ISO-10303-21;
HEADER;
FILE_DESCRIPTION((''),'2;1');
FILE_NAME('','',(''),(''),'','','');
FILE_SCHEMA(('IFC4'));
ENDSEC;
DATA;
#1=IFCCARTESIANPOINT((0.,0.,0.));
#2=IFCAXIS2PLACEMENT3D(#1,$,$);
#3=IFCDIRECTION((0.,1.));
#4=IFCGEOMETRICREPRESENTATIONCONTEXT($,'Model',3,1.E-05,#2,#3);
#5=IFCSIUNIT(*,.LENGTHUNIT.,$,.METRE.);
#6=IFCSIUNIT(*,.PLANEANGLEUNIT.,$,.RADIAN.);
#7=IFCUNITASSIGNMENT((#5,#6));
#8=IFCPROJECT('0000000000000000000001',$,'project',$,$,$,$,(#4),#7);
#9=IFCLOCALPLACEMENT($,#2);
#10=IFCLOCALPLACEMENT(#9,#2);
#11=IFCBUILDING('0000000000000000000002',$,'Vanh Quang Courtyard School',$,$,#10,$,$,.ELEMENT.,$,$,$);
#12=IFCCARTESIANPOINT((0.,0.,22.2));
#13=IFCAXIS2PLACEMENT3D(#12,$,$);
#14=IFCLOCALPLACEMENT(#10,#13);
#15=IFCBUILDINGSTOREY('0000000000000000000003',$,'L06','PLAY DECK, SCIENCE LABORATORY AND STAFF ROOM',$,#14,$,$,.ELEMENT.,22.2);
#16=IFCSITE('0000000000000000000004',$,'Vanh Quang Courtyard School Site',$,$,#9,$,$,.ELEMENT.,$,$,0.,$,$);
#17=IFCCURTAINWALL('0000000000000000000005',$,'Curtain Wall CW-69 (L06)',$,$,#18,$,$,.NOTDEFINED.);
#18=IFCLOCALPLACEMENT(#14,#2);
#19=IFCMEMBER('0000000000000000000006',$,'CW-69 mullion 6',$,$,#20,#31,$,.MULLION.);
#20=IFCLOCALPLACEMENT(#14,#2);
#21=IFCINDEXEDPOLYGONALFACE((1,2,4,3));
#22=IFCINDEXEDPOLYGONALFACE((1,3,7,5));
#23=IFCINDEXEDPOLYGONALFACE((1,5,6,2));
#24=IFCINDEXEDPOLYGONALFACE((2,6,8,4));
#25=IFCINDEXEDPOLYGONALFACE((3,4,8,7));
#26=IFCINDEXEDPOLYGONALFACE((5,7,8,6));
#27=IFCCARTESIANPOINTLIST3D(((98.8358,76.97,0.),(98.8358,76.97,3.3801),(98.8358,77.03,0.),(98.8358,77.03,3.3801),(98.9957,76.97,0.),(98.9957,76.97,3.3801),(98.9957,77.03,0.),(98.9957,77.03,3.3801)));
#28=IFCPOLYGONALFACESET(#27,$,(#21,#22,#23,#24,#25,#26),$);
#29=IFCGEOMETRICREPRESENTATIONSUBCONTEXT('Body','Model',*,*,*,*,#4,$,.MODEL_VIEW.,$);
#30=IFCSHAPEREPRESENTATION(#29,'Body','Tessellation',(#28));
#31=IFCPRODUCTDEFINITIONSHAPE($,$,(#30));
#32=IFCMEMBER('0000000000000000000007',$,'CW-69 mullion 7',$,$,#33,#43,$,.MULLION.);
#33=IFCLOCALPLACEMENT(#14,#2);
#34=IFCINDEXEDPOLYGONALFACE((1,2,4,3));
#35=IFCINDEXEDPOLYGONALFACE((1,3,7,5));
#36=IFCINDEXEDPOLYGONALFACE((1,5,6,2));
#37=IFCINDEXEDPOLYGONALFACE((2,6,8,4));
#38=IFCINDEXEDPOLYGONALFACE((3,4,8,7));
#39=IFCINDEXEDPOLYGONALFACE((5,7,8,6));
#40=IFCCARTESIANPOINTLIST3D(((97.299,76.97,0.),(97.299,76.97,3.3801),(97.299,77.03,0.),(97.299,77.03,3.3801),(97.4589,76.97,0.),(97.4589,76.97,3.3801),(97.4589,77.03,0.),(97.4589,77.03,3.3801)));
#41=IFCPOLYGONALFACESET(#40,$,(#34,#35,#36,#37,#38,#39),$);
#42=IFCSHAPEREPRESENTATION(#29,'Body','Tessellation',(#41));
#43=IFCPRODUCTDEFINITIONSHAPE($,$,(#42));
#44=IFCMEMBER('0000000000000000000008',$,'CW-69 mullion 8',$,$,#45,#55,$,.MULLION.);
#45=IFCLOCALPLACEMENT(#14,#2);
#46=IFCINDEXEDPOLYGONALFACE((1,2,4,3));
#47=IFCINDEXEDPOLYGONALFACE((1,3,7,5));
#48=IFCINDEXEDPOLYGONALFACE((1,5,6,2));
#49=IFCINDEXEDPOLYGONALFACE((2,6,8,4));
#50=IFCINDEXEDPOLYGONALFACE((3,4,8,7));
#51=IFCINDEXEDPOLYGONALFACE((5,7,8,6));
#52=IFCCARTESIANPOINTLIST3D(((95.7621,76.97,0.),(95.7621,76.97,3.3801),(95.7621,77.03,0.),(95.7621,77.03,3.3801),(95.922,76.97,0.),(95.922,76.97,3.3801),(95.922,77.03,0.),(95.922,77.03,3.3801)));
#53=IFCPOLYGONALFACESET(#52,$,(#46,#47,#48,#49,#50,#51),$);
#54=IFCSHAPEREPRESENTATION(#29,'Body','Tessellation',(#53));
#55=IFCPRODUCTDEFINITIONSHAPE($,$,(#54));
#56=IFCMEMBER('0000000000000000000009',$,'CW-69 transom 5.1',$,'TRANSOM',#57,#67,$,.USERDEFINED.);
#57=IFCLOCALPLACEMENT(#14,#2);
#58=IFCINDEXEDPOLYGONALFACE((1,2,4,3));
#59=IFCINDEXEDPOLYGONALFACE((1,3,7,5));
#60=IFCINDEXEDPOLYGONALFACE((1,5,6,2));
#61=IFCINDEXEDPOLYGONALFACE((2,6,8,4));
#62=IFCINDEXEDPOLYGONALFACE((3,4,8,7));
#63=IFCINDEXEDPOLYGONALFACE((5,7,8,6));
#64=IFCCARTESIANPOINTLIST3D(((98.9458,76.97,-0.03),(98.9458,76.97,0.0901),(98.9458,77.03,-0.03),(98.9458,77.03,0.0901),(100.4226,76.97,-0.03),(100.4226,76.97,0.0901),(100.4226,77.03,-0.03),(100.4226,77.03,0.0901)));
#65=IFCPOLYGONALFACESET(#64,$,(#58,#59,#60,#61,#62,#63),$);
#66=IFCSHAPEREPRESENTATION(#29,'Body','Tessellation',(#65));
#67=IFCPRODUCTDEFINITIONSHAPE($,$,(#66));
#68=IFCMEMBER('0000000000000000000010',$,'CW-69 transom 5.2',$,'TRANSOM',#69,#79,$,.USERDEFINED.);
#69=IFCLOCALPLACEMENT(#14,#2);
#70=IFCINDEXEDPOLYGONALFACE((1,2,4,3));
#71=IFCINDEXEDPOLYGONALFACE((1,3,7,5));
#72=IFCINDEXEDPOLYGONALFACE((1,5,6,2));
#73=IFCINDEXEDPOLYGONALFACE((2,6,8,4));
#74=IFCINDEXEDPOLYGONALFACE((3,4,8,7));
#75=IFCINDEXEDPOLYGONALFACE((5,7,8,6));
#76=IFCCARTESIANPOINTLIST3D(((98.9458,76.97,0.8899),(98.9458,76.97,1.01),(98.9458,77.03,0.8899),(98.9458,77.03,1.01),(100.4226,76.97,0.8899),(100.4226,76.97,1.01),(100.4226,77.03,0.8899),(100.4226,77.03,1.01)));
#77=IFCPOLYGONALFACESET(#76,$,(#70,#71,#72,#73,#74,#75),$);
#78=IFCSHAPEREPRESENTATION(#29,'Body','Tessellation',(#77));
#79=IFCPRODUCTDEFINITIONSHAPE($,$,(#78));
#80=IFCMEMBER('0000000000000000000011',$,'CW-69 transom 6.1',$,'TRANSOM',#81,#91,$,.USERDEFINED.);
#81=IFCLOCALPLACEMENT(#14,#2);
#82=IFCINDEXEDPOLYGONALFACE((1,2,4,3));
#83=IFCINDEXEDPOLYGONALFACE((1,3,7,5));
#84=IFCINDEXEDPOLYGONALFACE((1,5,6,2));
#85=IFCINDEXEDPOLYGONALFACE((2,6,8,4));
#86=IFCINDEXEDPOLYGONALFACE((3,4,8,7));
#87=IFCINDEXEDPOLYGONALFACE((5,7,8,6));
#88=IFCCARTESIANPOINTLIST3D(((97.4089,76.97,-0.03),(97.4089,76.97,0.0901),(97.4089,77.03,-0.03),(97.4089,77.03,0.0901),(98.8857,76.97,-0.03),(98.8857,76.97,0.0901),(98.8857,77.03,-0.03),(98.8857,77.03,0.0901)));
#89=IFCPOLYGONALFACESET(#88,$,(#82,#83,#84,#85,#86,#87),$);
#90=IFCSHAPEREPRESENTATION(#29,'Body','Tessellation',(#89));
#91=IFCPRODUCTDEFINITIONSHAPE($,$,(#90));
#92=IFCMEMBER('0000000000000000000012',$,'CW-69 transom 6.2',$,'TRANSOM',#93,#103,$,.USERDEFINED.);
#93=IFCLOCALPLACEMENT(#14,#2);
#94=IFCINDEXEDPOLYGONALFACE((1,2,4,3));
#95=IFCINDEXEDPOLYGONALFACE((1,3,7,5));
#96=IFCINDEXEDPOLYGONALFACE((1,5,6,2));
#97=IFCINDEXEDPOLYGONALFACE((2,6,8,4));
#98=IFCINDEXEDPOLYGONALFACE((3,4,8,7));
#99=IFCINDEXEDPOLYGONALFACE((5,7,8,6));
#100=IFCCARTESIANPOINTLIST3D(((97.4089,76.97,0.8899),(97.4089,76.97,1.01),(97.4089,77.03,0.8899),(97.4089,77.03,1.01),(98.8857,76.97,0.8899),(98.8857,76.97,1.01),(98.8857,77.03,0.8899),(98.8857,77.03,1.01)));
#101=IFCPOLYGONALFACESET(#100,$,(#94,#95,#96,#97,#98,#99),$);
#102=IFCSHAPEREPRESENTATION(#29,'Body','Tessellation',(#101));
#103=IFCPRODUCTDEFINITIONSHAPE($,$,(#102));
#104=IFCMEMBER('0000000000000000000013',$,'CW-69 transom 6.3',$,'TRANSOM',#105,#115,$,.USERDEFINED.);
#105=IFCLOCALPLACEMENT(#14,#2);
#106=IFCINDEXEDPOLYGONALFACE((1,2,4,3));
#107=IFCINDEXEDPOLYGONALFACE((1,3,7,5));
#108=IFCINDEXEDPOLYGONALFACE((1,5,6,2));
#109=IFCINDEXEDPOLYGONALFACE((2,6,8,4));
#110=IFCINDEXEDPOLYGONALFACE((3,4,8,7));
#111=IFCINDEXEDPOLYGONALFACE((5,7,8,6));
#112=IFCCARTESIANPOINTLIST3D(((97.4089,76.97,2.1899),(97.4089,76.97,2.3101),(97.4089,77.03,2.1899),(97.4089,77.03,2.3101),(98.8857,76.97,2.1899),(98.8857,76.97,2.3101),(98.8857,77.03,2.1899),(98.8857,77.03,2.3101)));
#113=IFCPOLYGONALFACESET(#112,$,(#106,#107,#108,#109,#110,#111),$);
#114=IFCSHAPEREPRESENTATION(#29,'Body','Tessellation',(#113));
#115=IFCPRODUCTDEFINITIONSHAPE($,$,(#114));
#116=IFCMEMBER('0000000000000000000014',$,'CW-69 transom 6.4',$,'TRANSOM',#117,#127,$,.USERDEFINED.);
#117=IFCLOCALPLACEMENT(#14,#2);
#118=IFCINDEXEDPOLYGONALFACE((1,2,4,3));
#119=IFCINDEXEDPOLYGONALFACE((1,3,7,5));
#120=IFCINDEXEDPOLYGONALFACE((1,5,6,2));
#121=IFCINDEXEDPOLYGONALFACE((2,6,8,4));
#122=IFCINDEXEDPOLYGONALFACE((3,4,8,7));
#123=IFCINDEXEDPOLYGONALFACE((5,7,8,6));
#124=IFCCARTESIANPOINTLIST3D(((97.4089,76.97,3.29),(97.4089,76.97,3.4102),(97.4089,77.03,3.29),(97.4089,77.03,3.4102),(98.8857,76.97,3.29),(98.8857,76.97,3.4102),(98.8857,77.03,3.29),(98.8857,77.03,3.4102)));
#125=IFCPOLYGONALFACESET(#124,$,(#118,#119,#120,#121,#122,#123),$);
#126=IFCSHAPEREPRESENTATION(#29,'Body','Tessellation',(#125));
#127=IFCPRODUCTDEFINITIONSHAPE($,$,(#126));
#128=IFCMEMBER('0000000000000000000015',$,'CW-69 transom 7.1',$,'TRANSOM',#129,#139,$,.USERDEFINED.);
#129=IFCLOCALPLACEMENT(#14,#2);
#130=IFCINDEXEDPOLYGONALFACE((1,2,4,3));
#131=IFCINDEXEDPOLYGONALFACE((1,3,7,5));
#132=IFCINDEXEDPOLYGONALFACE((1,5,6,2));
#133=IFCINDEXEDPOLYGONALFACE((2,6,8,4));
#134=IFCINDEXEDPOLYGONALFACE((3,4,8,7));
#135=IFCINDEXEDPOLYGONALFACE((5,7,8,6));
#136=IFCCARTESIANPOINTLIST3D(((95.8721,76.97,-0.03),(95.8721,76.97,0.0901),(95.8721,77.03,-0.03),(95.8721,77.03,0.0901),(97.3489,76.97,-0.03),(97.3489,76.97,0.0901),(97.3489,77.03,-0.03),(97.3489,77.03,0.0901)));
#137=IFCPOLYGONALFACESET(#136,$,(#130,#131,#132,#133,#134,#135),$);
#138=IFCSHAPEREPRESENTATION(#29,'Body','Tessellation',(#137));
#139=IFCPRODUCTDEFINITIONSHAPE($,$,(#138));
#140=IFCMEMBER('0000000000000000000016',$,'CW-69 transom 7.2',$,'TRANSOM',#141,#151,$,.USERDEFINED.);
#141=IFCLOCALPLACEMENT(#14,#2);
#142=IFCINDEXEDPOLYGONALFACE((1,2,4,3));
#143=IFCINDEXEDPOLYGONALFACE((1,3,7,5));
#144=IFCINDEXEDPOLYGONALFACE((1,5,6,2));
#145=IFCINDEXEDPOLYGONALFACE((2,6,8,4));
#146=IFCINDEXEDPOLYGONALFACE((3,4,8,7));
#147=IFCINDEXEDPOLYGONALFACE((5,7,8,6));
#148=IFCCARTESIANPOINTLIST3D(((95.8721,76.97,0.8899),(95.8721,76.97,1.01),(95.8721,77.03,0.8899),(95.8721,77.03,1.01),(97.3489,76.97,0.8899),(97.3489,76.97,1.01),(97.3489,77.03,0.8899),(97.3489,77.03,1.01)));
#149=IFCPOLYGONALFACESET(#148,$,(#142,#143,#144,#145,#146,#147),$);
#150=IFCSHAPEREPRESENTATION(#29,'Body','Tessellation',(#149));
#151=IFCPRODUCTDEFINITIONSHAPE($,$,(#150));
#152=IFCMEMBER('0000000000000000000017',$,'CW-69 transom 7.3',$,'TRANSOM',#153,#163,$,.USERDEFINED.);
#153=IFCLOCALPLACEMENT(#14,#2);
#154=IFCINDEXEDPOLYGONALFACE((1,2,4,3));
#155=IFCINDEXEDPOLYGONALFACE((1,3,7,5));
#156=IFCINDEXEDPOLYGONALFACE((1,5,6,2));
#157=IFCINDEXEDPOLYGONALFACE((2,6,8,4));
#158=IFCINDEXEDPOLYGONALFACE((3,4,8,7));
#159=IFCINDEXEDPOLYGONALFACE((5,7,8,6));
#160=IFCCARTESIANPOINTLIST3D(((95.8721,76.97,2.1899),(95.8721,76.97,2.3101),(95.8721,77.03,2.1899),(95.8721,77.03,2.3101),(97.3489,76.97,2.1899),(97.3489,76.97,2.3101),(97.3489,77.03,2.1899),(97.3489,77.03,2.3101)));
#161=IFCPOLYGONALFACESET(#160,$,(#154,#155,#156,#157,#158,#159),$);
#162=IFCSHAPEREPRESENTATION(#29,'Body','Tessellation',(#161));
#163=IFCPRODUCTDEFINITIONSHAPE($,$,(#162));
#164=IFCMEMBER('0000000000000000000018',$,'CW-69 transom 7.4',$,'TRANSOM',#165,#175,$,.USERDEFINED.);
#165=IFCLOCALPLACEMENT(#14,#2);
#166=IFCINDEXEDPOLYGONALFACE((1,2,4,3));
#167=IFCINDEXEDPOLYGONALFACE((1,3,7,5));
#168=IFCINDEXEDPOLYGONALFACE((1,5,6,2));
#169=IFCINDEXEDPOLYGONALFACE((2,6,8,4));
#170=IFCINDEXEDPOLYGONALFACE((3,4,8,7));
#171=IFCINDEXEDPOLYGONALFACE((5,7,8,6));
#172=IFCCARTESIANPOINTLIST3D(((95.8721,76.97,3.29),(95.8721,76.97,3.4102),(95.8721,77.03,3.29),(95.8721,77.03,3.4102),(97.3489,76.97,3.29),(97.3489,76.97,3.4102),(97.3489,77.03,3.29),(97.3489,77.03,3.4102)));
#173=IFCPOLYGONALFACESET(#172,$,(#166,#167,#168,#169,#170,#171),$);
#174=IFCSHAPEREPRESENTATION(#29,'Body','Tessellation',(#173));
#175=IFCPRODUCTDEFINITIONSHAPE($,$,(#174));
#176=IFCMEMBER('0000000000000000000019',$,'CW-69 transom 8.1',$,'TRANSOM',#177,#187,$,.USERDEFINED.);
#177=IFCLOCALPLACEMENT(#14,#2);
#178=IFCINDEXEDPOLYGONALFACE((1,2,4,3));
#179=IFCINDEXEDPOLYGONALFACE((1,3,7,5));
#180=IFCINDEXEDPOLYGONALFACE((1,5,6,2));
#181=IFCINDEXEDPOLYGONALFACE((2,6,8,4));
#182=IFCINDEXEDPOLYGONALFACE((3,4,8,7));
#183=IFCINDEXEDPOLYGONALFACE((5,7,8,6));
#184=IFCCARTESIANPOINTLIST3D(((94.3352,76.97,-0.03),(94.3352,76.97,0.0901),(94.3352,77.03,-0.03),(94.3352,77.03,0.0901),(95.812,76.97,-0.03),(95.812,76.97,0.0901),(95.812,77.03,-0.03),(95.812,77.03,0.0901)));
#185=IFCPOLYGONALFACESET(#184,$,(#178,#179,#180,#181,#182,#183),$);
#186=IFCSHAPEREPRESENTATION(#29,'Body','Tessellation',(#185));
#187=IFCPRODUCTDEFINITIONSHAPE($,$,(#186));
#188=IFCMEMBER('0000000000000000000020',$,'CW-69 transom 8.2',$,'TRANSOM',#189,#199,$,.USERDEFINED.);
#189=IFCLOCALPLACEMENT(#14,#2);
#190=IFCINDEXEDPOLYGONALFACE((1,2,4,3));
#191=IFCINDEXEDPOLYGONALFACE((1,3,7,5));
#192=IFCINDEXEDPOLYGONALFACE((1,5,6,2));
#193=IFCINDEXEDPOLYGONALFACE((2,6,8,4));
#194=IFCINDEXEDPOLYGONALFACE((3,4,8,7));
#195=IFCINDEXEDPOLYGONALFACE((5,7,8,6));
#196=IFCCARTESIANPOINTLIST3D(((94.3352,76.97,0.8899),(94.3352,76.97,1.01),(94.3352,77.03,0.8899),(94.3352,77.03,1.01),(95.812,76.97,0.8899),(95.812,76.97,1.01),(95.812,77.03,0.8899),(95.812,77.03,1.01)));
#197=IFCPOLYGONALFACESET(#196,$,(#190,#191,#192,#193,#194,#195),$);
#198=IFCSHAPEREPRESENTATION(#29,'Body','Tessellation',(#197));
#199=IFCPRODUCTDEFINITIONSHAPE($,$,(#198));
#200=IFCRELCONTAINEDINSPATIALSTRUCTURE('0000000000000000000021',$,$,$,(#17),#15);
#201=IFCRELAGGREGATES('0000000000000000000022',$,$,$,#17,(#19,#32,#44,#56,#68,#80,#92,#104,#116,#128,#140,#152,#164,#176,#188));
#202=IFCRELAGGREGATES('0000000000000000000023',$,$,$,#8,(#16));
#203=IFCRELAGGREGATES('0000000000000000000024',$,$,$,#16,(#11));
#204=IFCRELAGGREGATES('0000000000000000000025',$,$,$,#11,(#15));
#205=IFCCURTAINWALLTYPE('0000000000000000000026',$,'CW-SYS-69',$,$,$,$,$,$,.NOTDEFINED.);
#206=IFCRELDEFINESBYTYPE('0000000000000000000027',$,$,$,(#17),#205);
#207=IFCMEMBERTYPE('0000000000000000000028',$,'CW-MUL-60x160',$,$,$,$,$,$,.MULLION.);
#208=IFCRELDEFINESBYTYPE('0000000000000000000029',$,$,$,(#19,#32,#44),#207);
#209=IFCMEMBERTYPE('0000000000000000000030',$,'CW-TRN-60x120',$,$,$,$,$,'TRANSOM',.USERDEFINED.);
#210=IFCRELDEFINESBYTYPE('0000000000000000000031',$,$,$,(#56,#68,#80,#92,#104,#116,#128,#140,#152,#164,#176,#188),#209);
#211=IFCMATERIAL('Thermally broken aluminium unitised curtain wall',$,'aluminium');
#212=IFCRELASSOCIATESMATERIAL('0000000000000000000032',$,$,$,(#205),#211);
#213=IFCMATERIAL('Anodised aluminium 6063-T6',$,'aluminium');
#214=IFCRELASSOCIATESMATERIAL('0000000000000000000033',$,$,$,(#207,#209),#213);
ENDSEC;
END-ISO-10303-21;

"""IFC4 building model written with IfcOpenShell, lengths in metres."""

from ifc_helpers import new_model, si_unit, direction, frame, origin, origin_2d, place, context, subcontext, project, spatial, rectangle, extrude, material, material_profile, profile_set, type_object, element, aggregate, save


model = new_model("IFC4")

# Units and contexts
model_context = context("Model", 3, precision=1e-05, world=origin(), true_north=direction((0.0, 1.0)))
body_context = subcontext(model_context, "Body", "Model", "MODEL_VIEW")
ifc_project = project(units=[si_unit("LENGTHUNIT", "METRE"), si_unit("PLANEANGLEUNIT", "RADIAN")], contexts=[model_context])

# Site, building, storey
site_placement = place(None, origin())
site = spatial("IfcSite", under=ifc_project, at=site_placement, Name="Vanh Quang Courtyard School Site", CompositionType="ELEMENT", RefElevation=0.0)
building_placement = place(site_placement, origin())
building = spatial("IfcBuilding", under=site, at=building_placement, Name="Vanh Quang Courtyard School", CompositionType="ELEMENT")
storey_placement = place(building_placement, frame((0.0, 0.0, 22.2)))
storey = spatial("IfcBuildingStorey", under=building, at=storey_placement, Name="L06", Description="PLAY DECK, SCIENCE LABORATORY AND STAFF ROOM", CompositionType="ELEMENT", Elevation=22.2)

# Curtain wall, members
ifc_material_1 = material(Name="Thermally broken aluminium unitised curtain wall", Category="aluminium")
curtain_wall_type = type_object("IfcCurtainWallType", Name="CW-SYS-69", PredefinedType="NOTDEFINED", material=ifc_material_1)
curtain_wall_placement = place(storey_placement, origin())
curtain_wall = element("IfcCurtainWall", 1, at=curtain_wall_placement, inside=storey, type_object=curtain_wall_type, Name="Curtain Wall CW-69 (L06)", PredefinedType="NOTDEFINED")
ifc_material_2 = material(Name="Anodised aluminium 6063-T6", Category="aluminium")
ifc_material_profile_1 = material_profile(ifc_material_2, rectangle(XDim=0.0601, YDim=0.1599, at=origin_2d()), Name="ALU-MUL 60x160")
ifc_profile_set_1 = profile_set([ifc_material_profile_1], Name="Anodised aluminium 6063-T6")
member_type_1 = type_object("IfcMemberType", Name="CW-MUL-60x160", PredefinedType="MULLION", material=ifc_profile_set_1)
member_1_placement = place(storey_placement, frame((98.9158, 77.0, 0.0), z_axis=(0.0, 0.0, 1.0), x_axis=(0.0, -1.0, 0.0)))
member_1 = element("IfcMember", 2, at=member_1_placement, type_object=member_type_1, Name="CW-69 mullion 6", PredefinedType="MULLION", context=body_context, shape_type="SweptSolid", body=[
    extrude(rectangle(XDim=0.0601, YDim=0.1599, at=origin_2d()), origin(), (0.0, 0.0, 1.0), 3.3801),
])
member_2_placement = place(storey_placement, frame((97.3789, 77.0, 0.0), z_axis=(0.0, 0.0, 1.0), x_axis=(0.0, -1.0, 0.0)))
member_2 = element("IfcMember", 3, at=member_2_placement, type_object=member_type_1, Name="CW-69 mullion 7", PredefinedType="MULLION", context=body_context, shape_type="SweptSolid", body=[
    extrude(rectangle(XDim=0.0601, YDim=0.1599, at=origin_2d()), origin(), (0.0, 0.0, 1.0), 3.3801),
])
member_3_placement = place(storey_placement, frame((95.842, 77.0, 0.0), z_axis=(0.0, 0.0, 1.0), x_axis=(0.0, -1.0, 0.0)))
member_3 = element("IfcMember", 4, at=member_3_placement, type_object=member_type_1, Name="CW-69 mullion 8", PredefinedType="MULLION", context=body_context, shape_type="SweptSolid", body=[
    extrude(rectangle(XDim=0.0601, YDim=0.1599, at=origin_2d()), origin(), (0.0, 0.0, 1.0), 3.3801),
])
ifc_material_profile_2 = material_profile(ifc_material_2, rectangle(XDim=0.0601, YDim=0.1201, at=origin_2d()), Name="ALU-TRN 60x120")
ifc_profile_set_2 = profile_set([ifc_material_profile_2], Name="Anodised aluminium 6063-T6")
member_type_2 = type_object("IfcMemberType", Name="CW-TRN-60x120", ElementType="TRANSOM", PredefinedType="USERDEFINED", material=ifc_profile_set_2)
member_4_placement = place(storey_placement, frame((100.4226, 77.0, 0.03), z_axis=(-1.0, 0.0, 0.0), x_axis=(0.0, -1.0, 0.0)))
member_4 = element("IfcMember", 5, at=member_4_placement, type_object=member_type_2, Name="CW-69 transom 5.1", ObjectType="TRANSOM", PredefinedType="USERDEFINED", context=body_context, shape_type="SweptSolid", body=[
    extrude(rectangle(XDim=0.0601, YDim=0.1201, at=origin_2d()), origin(), (0.0, 0.0, 1.0), 1.4768),
])
member_5_placement = place(storey_placement, frame((100.4226, 77.0, 0.95), z_axis=(-1.0, 0.0, 0.0), x_axis=(0.0, -1.0, 0.0)))
member_5 = element("IfcMember", 6, at=member_5_placement, type_object=member_type_2, Name="CW-69 transom 5.2", ObjectType="TRANSOM", PredefinedType="USERDEFINED", context=body_context, shape_type="SweptSolid", body=[
    extrude(rectangle(XDim=0.0601, YDim=0.1201, at=origin_2d()), origin(), (0.0, 0.0, 1.0), 1.4768),
])
member_6_placement = place(storey_placement, frame((98.8857, 77.0, 0.03), z_axis=(-1.0, 0.0, 0.0), x_axis=(0.0, -1.0, 0.0)))
member_6 = element("IfcMember", 7, at=member_6_placement, type_object=member_type_2, Name="CW-69 transom 6.1", ObjectType="TRANSOM", PredefinedType="USERDEFINED", context=body_context, shape_type="SweptSolid", body=[
    extrude(rectangle(XDim=0.0601, YDim=0.1201, at=origin_2d()), origin(), (0.0, 0.0, 1.0), 1.4768),
])
member_7_placement = place(storey_placement, frame((98.8857, 77.0, 0.95), z_axis=(-1.0, 0.0, 0.0), x_axis=(0.0, -1.0, 0.0)))
member_7 = element("IfcMember", 8, at=member_7_placement, type_object=member_type_2, Name="CW-69 transom 6.2", ObjectType="TRANSOM", PredefinedType="USERDEFINED", context=body_context, shape_type="SweptSolid", body=[
    extrude(rectangle(XDim=0.0601, YDim=0.1201, at=origin_2d()), origin(), (0.0, 0.0, 1.0), 1.4768),
])
member_8_placement = place(storey_placement, frame((98.8857, 77.0, 2.25), z_axis=(-1.0, 0.0, 0.0), x_axis=(0.0, -1.0, 0.0)))
member_8 = element("IfcMember", 9, at=member_8_placement, type_object=member_type_2, Name="CW-69 transom 6.3", ObjectType="TRANSOM", PredefinedType="USERDEFINED", context=body_context, shape_type="SweptSolid", body=[
    extrude(rectangle(XDim=0.0601, YDim=0.1201, at=origin_2d()), origin(), (0.0, 0.0, 1.0), 1.4768),
])
member_9_placement = place(storey_placement, frame((98.8857, 77.0, 3.3501), z_axis=(-1.0, 0.0, 0.0), x_axis=(0.0, -1.0, 0.0)))
member_9 = element("IfcMember", 10, at=member_9_placement, type_object=member_type_2, Name="CW-69 transom 6.4", ObjectType="TRANSOM", PredefinedType="USERDEFINED", context=body_context, shape_type="SweptSolid", body=[
    extrude(rectangle(XDim=0.0601, YDim=0.1201, at=origin_2d()), origin(), (0.0, 0.0, 1.0), 1.4768),
])
member_10_placement = place(storey_placement, frame((97.3489, 77.0, 0.03), z_axis=(-1.0, 0.0, 0.0), x_axis=(0.0, -1.0, 0.0)))
member_10 = element("IfcMember", 11, at=member_10_placement, type_object=member_type_2, Name="CW-69 transom 7.1", ObjectType="TRANSOM", PredefinedType="USERDEFINED", context=body_context, shape_type="SweptSolid", body=[
    extrude(rectangle(XDim=0.0601, YDim=0.1201, at=origin_2d()), origin(), (0.0, 0.0, 1.0), 1.4768),
])
member_11_placement = place(storey_placement, frame((97.3489, 77.0, 0.95), z_axis=(-1.0, 0.0, 0.0), x_axis=(0.0, -1.0, 0.0)))
member_11 = element("IfcMember", 12, at=member_11_placement, type_object=member_type_2, Name="CW-69 transom 7.2", ObjectType="TRANSOM", PredefinedType="USERDEFINED", context=body_context, shape_type="SweptSolid", body=[
    extrude(rectangle(XDim=0.0601, YDim=0.1201, at=origin_2d()), origin(), (0.0, 0.0, 1.0), 1.4768),
])
member_12_placement = place(storey_placement, frame((97.3489, 77.0, 2.25), z_axis=(-1.0, 0.0, 0.0), x_axis=(0.0, -1.0, 0.0)))
member_12 = element("IfcMember", 13, at=member_12_placement, type_object=member_type_2, Name="CW-69 transom 7.3", ObjectType="TRANSOM", PredefinedType="USERDEFINED", context=body_context, shape_type="SweptSolid", body=[
    extrude(rectangle(XDim=0.0601, YDim=0.1201, at=origin_2d()), origin(), (0.0, 0.0, 1.0), 1.4768),
])
member_13_placement = place(storey_placement, frame((97.3489, 77.0, 3.3501), z_axis=(-1.0, 0.0, 0.0), x_axis=(0.0, -1.0, 0.0)))
member_13 = element("IfcMember", 14, at=member_13_placement, type_object=member_type_2, Name="CW-69 transom 7.4", ObjectType="TRANSOM", PredefinedType="USERDEFINED", context=body_context, shape_type="SweptSolid", body=[
    extrude(rectangle(XDim=0.0601, YDim=0.1201, at=origin_2d()), origin(), (0.0, 0.0, 1.0), 1.4768),
])
member_14_placement = place(storey_placement, frame((95.812, 77.0, 0.03), z_axis=(-1.0, 0.0, 0.0), x_axis=(0.0, -1.0, 0.0)))
member_14 = element("IfcMember", 15, at=member_14_placement, type_object=member_type_2, Name="CW-69 transom 8.1", ObjectType="TRANSOM", PredefinedType="USERDEFINED", context=body_context, shape_type="SweptSolid", body=[
    extrude(rectangle(XDim=0.0601, YDim=0.1201, at=origin_2d()), origin(), (0.0, 0.0, 1.0), 1.4768),
])
member_15_placement = place(storey_placement, frame((95.812, 77.0, 0.95), z_axis=(-1.0, 0.0, 0.0), x_axis=(0.0, -1.0, 0.0)))
member_15 = element("IfcMember", 16, at=member_15_placement, type_object=member_type_2, Name="CW-69 transom 8.2", ObjectType="TRANSOM", PredefinedType="USERDEFINED", context=body_context, shape_type="SweptSolid", body=[
    extrude(rectangle(XDim=0.0601, YDim=0.1201, at=origin_2d()), origin(), (0.0, 0.0, 1.0), 1.4768),
])
aggregate(curtain_wall, [member_1, member_2, member_3, member_4, member_5, member_6, member_7, member_8, member_9, member_10, member_11, member_12, member_13, member_14, member_15])

save(model, "model.ifc")
